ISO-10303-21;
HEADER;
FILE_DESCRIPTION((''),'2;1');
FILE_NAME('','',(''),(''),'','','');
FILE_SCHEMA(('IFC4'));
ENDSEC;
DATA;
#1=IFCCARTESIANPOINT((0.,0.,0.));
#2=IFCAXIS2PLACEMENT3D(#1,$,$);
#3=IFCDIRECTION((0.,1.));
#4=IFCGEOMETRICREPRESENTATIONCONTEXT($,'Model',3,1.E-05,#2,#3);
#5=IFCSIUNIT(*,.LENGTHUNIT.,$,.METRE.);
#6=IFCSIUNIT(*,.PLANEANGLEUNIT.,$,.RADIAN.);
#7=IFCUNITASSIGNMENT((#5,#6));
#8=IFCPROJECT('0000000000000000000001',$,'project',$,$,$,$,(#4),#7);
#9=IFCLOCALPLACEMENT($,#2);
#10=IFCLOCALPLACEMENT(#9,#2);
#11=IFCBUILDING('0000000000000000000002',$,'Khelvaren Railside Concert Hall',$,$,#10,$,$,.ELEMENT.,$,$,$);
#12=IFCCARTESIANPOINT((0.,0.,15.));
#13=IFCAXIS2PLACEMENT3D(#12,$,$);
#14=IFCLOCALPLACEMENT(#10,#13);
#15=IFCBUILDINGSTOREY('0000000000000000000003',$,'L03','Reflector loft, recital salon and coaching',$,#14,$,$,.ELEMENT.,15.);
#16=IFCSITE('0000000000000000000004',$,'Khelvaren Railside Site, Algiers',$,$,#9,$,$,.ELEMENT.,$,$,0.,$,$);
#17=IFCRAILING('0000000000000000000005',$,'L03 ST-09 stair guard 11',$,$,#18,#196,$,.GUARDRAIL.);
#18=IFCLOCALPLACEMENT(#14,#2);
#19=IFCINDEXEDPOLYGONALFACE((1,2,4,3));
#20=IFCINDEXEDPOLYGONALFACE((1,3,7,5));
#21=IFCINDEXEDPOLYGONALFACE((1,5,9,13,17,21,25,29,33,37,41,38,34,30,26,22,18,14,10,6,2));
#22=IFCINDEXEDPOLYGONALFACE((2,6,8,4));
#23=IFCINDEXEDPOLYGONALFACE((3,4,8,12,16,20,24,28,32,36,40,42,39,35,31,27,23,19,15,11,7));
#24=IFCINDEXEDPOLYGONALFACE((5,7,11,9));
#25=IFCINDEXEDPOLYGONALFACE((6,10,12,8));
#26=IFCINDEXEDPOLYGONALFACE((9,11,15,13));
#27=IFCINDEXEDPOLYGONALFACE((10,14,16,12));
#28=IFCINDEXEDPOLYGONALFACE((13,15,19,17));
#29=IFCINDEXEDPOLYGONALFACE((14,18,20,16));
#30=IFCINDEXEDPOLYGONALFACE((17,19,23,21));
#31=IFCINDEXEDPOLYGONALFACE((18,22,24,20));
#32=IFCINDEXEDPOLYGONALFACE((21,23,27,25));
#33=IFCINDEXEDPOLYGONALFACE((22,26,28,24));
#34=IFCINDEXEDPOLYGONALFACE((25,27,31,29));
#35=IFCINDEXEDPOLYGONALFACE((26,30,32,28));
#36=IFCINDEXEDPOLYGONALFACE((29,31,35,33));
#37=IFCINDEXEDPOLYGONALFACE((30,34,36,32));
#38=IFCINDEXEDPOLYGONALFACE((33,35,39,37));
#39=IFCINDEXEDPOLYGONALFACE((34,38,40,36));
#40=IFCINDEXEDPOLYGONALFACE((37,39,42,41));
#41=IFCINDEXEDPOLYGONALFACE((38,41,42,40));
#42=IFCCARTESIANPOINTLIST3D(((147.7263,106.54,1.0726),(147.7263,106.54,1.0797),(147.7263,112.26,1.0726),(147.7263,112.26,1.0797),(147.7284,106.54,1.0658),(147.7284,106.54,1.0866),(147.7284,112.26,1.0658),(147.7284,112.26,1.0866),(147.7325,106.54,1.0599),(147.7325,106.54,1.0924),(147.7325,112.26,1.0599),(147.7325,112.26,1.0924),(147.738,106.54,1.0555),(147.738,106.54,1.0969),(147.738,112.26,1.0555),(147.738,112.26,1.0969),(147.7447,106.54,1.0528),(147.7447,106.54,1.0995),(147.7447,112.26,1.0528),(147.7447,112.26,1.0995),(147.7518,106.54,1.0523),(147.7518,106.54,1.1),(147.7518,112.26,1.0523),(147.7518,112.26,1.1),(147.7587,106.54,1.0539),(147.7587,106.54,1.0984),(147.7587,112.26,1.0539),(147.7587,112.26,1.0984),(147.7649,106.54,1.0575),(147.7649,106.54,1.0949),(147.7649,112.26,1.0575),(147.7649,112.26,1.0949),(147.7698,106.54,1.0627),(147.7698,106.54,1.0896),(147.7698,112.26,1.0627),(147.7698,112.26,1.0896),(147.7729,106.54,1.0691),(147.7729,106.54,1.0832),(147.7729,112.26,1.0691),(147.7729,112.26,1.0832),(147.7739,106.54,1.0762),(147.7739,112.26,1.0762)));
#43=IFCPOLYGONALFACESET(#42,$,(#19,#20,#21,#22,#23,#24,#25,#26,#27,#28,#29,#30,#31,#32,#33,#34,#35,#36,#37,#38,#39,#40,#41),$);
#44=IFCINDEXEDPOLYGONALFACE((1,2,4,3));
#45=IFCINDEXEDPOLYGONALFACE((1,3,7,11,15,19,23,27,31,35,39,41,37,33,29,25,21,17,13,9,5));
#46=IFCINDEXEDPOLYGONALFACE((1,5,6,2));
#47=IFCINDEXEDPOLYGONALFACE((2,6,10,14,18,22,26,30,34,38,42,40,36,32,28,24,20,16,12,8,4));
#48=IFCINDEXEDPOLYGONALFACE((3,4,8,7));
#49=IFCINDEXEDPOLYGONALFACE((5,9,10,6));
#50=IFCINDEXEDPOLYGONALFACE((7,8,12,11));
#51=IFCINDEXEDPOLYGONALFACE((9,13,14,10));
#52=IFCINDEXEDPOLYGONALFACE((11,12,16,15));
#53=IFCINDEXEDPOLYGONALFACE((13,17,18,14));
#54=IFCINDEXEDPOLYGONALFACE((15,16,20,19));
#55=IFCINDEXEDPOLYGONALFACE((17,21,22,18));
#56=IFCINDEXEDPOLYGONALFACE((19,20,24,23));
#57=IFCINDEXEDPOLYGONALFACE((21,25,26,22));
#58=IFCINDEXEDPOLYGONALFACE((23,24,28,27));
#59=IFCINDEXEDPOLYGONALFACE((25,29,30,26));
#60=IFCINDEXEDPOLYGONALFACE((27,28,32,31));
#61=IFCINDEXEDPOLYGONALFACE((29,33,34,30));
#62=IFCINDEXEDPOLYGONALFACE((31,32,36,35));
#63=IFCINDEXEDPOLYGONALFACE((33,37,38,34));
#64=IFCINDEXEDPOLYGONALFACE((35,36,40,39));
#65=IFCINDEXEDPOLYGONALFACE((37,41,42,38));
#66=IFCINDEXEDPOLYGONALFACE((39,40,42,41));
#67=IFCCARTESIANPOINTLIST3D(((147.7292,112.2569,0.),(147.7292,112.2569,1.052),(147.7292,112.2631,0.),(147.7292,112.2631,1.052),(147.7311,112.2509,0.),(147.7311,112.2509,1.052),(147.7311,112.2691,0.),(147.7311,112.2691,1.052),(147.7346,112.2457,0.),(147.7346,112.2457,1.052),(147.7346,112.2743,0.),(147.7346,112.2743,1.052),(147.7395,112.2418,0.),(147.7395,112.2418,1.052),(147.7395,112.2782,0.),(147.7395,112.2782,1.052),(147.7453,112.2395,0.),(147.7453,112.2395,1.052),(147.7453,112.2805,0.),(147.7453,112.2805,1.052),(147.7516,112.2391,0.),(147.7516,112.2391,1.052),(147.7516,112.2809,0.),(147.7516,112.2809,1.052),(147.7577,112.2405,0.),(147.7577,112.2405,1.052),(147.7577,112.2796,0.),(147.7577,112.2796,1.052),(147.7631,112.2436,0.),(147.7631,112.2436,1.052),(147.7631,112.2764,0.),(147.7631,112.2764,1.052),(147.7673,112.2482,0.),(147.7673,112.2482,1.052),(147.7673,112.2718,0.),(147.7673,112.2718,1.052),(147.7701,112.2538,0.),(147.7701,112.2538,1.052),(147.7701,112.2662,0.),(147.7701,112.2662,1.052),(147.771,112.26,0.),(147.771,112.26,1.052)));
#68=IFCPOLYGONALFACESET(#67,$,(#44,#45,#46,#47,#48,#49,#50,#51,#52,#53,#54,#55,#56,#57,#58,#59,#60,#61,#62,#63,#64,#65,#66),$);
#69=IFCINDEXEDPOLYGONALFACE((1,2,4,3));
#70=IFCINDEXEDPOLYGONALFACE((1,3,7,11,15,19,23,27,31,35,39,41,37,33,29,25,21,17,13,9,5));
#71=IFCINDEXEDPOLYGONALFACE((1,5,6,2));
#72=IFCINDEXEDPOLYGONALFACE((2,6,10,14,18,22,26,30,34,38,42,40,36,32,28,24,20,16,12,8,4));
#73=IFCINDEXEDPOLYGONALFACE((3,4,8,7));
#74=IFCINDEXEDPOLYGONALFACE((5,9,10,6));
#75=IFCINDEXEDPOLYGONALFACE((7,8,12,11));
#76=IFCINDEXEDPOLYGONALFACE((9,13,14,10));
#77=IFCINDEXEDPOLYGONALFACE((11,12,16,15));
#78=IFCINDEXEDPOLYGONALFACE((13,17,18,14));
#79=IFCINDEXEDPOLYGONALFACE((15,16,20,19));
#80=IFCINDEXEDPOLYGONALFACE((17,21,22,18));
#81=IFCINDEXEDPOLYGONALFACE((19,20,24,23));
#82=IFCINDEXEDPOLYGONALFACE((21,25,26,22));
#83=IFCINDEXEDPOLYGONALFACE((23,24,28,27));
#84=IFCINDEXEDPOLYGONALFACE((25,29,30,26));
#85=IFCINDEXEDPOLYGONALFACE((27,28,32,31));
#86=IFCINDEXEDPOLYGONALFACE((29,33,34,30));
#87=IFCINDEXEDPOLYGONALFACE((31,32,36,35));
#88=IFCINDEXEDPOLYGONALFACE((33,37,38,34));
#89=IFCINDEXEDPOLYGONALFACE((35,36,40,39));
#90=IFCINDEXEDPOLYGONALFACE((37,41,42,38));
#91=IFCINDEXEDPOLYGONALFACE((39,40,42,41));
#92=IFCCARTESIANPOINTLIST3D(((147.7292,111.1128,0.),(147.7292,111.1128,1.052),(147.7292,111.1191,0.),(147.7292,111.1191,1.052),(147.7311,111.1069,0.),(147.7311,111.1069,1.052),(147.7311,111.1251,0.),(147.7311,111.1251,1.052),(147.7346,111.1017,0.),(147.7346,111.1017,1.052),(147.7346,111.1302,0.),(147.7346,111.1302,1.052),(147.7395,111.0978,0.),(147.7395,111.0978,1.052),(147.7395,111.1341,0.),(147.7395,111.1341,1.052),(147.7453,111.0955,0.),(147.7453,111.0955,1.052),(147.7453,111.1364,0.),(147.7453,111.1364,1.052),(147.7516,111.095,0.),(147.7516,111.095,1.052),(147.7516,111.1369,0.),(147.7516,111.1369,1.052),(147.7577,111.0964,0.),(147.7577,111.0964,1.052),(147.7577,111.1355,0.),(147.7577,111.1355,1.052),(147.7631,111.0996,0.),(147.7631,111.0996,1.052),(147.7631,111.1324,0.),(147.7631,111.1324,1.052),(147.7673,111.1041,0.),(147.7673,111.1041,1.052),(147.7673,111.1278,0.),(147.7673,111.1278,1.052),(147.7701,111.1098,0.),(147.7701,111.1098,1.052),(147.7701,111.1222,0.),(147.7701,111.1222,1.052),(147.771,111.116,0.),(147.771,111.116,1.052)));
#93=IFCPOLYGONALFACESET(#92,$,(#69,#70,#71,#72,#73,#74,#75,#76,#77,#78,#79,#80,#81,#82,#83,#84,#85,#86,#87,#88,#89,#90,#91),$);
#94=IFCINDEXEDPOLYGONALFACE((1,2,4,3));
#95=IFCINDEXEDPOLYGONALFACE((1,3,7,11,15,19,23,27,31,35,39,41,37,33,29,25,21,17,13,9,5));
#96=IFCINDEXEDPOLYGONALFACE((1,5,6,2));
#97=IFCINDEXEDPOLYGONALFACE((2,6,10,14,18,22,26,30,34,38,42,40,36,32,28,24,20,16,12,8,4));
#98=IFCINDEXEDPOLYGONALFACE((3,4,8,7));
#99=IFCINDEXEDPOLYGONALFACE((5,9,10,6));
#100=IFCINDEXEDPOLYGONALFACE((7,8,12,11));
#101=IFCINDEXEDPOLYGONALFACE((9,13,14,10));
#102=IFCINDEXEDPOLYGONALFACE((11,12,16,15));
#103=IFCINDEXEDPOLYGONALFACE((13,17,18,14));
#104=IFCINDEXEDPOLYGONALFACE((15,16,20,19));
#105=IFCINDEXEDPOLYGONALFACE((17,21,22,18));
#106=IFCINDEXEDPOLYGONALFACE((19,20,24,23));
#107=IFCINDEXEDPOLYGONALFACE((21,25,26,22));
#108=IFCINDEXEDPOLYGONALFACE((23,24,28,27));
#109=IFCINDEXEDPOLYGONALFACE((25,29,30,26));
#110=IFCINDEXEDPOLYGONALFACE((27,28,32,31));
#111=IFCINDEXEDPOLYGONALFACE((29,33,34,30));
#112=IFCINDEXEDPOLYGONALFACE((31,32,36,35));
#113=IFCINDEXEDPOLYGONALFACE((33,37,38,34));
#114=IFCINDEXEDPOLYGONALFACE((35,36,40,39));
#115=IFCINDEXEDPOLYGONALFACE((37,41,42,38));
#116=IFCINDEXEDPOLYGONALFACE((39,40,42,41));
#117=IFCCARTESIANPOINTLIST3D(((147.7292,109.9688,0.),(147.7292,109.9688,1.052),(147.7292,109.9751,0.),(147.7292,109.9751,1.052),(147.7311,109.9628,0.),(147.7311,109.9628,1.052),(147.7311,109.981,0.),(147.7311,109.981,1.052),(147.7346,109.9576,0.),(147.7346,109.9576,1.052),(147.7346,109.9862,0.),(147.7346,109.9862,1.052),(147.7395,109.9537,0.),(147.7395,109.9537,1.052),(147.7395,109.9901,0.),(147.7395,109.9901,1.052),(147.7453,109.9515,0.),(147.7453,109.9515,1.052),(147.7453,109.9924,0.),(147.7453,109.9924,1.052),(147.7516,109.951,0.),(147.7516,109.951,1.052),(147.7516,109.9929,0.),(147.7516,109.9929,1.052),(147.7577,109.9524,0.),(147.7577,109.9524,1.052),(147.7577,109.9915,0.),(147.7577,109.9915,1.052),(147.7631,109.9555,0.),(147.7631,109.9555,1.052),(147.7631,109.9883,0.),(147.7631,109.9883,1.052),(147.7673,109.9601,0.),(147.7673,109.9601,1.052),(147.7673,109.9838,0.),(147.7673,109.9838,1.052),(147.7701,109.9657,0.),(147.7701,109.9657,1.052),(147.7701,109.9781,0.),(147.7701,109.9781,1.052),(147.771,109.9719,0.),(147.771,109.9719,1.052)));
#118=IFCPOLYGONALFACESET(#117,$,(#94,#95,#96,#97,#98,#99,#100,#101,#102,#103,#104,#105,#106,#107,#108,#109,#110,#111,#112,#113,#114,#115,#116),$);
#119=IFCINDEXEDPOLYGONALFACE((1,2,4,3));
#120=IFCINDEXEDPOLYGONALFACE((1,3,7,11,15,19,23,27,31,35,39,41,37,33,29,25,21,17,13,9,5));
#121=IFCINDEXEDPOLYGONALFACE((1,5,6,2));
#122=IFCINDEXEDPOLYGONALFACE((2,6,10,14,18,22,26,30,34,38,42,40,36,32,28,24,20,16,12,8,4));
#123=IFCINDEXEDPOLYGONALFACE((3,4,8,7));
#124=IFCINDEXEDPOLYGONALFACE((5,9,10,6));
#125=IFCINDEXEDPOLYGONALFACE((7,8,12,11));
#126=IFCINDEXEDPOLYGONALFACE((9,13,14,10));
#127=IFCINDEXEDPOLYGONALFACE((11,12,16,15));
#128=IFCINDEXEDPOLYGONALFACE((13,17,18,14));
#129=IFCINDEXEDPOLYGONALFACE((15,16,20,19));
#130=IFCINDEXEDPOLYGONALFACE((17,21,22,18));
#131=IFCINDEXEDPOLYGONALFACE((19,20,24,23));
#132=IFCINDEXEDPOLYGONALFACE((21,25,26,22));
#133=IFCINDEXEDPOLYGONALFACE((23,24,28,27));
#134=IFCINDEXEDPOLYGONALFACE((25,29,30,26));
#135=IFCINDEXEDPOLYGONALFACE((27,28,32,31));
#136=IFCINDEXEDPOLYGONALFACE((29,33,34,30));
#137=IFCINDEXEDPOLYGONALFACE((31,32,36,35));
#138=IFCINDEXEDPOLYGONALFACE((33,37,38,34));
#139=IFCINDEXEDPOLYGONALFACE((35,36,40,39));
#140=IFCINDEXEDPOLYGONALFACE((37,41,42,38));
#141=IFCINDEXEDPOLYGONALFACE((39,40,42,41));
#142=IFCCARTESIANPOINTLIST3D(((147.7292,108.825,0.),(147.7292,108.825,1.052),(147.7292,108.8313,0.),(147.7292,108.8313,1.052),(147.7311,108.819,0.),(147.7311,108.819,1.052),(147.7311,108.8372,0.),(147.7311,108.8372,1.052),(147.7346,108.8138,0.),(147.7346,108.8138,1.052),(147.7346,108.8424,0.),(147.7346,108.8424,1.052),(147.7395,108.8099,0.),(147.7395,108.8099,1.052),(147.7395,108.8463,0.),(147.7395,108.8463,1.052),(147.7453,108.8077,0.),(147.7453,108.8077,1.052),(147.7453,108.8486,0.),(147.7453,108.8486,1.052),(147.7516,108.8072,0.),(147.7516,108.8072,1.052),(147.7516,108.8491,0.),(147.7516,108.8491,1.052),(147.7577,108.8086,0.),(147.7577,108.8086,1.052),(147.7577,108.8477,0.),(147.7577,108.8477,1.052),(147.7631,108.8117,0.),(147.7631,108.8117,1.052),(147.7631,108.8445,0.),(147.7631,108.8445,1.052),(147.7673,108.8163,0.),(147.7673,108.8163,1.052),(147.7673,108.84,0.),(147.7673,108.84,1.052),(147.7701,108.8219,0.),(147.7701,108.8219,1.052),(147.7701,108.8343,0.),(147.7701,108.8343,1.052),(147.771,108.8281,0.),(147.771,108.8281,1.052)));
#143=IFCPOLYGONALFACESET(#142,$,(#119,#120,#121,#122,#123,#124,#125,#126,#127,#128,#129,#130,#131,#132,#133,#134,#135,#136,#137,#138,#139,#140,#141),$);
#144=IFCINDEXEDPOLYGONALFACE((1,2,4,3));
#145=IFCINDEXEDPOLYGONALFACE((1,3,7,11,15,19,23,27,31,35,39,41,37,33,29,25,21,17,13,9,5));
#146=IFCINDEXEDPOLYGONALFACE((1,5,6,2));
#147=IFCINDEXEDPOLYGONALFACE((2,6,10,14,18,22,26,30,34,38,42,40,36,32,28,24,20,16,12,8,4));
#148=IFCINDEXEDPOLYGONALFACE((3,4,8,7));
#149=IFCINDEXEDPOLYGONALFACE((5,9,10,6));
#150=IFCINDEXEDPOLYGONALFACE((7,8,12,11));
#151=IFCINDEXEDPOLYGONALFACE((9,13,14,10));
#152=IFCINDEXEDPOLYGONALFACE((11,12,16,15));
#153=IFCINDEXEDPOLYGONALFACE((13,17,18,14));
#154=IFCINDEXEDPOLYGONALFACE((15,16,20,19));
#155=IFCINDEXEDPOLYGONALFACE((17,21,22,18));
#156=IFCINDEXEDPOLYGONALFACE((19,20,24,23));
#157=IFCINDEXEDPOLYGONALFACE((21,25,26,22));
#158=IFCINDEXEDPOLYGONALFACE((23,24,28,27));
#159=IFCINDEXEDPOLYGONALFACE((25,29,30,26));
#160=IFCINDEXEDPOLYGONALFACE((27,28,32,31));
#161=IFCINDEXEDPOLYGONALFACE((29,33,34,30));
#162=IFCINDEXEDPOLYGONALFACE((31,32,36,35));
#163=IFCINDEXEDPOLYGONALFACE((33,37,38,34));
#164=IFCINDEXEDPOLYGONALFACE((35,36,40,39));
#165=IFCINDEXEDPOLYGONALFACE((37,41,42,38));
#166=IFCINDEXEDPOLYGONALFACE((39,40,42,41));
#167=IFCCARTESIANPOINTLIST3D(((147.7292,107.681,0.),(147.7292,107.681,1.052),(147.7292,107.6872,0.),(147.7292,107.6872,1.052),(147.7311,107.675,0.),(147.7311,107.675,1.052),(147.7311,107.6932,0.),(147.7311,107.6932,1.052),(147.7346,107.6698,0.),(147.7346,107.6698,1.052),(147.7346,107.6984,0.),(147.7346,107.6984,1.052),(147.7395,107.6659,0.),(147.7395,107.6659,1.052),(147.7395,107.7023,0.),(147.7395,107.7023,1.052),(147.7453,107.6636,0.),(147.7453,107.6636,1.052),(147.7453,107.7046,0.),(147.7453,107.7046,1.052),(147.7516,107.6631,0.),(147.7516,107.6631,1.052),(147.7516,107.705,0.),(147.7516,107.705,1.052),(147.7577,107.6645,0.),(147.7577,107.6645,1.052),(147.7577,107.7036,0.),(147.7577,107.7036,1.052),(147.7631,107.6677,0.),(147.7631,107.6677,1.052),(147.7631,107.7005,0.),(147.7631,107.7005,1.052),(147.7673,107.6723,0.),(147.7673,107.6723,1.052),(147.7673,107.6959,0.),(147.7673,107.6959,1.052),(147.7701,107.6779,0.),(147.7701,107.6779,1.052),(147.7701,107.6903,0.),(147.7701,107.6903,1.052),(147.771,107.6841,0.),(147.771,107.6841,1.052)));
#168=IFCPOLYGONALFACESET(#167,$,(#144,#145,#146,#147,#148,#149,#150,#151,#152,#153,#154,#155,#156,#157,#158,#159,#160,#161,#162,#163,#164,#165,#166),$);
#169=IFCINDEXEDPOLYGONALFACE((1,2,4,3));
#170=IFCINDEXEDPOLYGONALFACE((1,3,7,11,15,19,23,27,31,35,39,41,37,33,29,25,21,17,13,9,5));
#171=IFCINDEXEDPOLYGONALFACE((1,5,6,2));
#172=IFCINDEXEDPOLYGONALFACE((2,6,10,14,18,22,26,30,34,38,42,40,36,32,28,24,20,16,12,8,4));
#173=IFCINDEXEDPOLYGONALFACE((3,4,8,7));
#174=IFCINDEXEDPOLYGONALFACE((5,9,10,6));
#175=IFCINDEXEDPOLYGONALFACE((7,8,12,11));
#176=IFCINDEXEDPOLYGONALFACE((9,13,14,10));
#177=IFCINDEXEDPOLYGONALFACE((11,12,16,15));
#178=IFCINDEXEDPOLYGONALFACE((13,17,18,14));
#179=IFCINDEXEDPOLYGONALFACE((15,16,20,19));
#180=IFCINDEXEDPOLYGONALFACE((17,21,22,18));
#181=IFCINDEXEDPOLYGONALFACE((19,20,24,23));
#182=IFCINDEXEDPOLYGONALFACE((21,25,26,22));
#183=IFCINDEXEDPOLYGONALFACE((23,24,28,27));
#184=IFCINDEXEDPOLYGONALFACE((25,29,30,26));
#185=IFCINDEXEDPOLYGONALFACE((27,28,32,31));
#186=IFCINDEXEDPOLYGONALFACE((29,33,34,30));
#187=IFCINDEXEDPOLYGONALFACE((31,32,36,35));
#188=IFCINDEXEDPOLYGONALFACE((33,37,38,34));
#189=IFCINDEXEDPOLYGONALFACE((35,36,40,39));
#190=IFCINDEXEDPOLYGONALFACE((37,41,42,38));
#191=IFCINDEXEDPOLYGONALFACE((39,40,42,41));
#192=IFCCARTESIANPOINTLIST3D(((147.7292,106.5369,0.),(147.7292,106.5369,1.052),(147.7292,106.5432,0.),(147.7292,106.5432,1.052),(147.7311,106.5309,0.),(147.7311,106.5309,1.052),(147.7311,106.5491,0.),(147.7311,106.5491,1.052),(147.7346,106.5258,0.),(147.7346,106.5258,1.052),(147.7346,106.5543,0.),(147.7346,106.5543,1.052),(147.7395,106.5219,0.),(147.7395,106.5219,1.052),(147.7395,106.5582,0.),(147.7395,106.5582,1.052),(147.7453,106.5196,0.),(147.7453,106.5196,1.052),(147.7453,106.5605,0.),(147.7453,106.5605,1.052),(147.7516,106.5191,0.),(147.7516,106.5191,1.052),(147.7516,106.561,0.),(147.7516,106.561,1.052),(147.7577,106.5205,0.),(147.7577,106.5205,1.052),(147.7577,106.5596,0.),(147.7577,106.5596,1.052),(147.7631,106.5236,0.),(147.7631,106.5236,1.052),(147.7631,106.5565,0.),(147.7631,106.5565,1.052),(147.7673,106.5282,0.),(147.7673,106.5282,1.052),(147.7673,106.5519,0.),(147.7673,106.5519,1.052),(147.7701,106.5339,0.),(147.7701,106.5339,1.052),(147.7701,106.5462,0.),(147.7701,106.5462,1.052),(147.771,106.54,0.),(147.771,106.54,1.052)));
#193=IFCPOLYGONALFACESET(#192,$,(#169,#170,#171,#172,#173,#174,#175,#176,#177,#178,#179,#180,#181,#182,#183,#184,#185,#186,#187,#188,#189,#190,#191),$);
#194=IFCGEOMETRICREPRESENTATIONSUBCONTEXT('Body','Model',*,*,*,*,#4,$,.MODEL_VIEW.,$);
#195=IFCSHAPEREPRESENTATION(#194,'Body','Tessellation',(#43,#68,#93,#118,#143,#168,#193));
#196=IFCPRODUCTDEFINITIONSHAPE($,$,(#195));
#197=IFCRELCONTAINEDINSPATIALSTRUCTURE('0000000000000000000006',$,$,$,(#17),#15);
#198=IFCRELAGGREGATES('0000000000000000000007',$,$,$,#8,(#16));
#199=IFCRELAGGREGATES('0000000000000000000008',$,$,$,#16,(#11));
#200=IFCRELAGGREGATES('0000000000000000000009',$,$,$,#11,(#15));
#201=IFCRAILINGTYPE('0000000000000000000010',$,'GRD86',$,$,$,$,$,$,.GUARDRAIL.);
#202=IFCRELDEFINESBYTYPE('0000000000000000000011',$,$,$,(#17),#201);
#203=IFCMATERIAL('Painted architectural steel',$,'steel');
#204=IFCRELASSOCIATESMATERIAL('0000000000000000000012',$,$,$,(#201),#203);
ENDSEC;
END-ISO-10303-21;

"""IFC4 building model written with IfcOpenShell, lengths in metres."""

from ifc_helpers import new_model, si_unit, direction, frame, origin, origin_2d, place, context, subcontext, project, spatial, circle, extrude, material, type_object, element, save


model = new_model("IFC4")

# Units and contexts
model_context = context("Model", 3, precision=1e-05, world=origin(), true_north=direction((0.0, 1.0)))
body_context = subcontext(model_context, "Body", "Model", "MODEL_VIEW")
ifc_project = project(units=[si_unit("LENGTHUNIT", "METRE"), si_unit("PLANEANGLEUNIT", "RADIAN")], contexts=[model_context])

# Site, building, storey
site_placement = place(None, origin())
site = spatial("IfcSite", under=ifc_project, at=site_placement, Name="Khelvaren Railside Site, Algiers", CompositionType="ELEMENT", RefElevation=0.0)
building_placement = place(site_placement, origin())
building = spatial("IfcBuilding", under=site, at=building_placement, Name="Khelvaren Railside Concert Hall", CompositionType="ELEMENT")
storey_placement = place(building_placement, frame((0.0, 0.0, 15.0)))
storey = spatial("IfcBuildingStorey", under=building, at=storey_placement, Name="L03", Description="Reflector loft, recital salon and coaching", CompositionType="ELEMENT", Elevation=15.0)

# Railing
ifc_material_1 = material(Name="Painted architectural steel", Category="steel")
railing_type_1 = type_object("IfcRailingType", Name="GRD86", PredefinedType="GUARDRAIL", material=ifc_material_1)
for number, where, name in (
    (1, (147.75, 112.26, 0.0), "L03 ST-09 stair guard 11"),
):
    element("IfcRailing", number, at=place(storey_placement, frame(where)), inside=storey, type_object=railing_type_1, Name=name, PredefinedType="GUARDRAIL", context=body_context, shape_type="SweptSolid", body=[
        extrude(circle(Radius=0.0239, at=origin_2d()), frame((0.0, 0.0, 1.0762), z_axis=(0.0, -1.0, 0.0), x_axis=(1.0, 0.0, 0.0)), (0.0, 0.0, 1.0), 5.72),
        extrude(circle(Radius=0.021, at=origin_2d()), origin(), (0.0, 0.0, 1.0), 1.052),
        extrude(circle(Radius=0.021, at=origin_2d()), frame((0.0, -1.144, 0.0)), (0.0, 0.0, 1.0), 1.052),
        extrude(circle(Radius=0.021, at=origin_2d()), frame((0.0, -2.2881, 0.0)), (0.0, 0.0, 1.0), 1.052),
        extrude(circle(Radius=0.021, at=origin_2d()), frame((0.0, -3.4319, 0.0)), (0.0, 0.0, 1.0), 1.052),
        extrude(circle(Radius=0.021, at=origin_2d()), frame((0.0, -4.5759, 0.0)), (0.0, 0.0, 1.0), 1.052),
        extrude(circle(Radius=0.021, at=origin_2d()), frame((0.0, -5.72, 0.0)), (0.0, 0.0, 1.0), 1.052),
    ])

save(model, "model.ifc")
